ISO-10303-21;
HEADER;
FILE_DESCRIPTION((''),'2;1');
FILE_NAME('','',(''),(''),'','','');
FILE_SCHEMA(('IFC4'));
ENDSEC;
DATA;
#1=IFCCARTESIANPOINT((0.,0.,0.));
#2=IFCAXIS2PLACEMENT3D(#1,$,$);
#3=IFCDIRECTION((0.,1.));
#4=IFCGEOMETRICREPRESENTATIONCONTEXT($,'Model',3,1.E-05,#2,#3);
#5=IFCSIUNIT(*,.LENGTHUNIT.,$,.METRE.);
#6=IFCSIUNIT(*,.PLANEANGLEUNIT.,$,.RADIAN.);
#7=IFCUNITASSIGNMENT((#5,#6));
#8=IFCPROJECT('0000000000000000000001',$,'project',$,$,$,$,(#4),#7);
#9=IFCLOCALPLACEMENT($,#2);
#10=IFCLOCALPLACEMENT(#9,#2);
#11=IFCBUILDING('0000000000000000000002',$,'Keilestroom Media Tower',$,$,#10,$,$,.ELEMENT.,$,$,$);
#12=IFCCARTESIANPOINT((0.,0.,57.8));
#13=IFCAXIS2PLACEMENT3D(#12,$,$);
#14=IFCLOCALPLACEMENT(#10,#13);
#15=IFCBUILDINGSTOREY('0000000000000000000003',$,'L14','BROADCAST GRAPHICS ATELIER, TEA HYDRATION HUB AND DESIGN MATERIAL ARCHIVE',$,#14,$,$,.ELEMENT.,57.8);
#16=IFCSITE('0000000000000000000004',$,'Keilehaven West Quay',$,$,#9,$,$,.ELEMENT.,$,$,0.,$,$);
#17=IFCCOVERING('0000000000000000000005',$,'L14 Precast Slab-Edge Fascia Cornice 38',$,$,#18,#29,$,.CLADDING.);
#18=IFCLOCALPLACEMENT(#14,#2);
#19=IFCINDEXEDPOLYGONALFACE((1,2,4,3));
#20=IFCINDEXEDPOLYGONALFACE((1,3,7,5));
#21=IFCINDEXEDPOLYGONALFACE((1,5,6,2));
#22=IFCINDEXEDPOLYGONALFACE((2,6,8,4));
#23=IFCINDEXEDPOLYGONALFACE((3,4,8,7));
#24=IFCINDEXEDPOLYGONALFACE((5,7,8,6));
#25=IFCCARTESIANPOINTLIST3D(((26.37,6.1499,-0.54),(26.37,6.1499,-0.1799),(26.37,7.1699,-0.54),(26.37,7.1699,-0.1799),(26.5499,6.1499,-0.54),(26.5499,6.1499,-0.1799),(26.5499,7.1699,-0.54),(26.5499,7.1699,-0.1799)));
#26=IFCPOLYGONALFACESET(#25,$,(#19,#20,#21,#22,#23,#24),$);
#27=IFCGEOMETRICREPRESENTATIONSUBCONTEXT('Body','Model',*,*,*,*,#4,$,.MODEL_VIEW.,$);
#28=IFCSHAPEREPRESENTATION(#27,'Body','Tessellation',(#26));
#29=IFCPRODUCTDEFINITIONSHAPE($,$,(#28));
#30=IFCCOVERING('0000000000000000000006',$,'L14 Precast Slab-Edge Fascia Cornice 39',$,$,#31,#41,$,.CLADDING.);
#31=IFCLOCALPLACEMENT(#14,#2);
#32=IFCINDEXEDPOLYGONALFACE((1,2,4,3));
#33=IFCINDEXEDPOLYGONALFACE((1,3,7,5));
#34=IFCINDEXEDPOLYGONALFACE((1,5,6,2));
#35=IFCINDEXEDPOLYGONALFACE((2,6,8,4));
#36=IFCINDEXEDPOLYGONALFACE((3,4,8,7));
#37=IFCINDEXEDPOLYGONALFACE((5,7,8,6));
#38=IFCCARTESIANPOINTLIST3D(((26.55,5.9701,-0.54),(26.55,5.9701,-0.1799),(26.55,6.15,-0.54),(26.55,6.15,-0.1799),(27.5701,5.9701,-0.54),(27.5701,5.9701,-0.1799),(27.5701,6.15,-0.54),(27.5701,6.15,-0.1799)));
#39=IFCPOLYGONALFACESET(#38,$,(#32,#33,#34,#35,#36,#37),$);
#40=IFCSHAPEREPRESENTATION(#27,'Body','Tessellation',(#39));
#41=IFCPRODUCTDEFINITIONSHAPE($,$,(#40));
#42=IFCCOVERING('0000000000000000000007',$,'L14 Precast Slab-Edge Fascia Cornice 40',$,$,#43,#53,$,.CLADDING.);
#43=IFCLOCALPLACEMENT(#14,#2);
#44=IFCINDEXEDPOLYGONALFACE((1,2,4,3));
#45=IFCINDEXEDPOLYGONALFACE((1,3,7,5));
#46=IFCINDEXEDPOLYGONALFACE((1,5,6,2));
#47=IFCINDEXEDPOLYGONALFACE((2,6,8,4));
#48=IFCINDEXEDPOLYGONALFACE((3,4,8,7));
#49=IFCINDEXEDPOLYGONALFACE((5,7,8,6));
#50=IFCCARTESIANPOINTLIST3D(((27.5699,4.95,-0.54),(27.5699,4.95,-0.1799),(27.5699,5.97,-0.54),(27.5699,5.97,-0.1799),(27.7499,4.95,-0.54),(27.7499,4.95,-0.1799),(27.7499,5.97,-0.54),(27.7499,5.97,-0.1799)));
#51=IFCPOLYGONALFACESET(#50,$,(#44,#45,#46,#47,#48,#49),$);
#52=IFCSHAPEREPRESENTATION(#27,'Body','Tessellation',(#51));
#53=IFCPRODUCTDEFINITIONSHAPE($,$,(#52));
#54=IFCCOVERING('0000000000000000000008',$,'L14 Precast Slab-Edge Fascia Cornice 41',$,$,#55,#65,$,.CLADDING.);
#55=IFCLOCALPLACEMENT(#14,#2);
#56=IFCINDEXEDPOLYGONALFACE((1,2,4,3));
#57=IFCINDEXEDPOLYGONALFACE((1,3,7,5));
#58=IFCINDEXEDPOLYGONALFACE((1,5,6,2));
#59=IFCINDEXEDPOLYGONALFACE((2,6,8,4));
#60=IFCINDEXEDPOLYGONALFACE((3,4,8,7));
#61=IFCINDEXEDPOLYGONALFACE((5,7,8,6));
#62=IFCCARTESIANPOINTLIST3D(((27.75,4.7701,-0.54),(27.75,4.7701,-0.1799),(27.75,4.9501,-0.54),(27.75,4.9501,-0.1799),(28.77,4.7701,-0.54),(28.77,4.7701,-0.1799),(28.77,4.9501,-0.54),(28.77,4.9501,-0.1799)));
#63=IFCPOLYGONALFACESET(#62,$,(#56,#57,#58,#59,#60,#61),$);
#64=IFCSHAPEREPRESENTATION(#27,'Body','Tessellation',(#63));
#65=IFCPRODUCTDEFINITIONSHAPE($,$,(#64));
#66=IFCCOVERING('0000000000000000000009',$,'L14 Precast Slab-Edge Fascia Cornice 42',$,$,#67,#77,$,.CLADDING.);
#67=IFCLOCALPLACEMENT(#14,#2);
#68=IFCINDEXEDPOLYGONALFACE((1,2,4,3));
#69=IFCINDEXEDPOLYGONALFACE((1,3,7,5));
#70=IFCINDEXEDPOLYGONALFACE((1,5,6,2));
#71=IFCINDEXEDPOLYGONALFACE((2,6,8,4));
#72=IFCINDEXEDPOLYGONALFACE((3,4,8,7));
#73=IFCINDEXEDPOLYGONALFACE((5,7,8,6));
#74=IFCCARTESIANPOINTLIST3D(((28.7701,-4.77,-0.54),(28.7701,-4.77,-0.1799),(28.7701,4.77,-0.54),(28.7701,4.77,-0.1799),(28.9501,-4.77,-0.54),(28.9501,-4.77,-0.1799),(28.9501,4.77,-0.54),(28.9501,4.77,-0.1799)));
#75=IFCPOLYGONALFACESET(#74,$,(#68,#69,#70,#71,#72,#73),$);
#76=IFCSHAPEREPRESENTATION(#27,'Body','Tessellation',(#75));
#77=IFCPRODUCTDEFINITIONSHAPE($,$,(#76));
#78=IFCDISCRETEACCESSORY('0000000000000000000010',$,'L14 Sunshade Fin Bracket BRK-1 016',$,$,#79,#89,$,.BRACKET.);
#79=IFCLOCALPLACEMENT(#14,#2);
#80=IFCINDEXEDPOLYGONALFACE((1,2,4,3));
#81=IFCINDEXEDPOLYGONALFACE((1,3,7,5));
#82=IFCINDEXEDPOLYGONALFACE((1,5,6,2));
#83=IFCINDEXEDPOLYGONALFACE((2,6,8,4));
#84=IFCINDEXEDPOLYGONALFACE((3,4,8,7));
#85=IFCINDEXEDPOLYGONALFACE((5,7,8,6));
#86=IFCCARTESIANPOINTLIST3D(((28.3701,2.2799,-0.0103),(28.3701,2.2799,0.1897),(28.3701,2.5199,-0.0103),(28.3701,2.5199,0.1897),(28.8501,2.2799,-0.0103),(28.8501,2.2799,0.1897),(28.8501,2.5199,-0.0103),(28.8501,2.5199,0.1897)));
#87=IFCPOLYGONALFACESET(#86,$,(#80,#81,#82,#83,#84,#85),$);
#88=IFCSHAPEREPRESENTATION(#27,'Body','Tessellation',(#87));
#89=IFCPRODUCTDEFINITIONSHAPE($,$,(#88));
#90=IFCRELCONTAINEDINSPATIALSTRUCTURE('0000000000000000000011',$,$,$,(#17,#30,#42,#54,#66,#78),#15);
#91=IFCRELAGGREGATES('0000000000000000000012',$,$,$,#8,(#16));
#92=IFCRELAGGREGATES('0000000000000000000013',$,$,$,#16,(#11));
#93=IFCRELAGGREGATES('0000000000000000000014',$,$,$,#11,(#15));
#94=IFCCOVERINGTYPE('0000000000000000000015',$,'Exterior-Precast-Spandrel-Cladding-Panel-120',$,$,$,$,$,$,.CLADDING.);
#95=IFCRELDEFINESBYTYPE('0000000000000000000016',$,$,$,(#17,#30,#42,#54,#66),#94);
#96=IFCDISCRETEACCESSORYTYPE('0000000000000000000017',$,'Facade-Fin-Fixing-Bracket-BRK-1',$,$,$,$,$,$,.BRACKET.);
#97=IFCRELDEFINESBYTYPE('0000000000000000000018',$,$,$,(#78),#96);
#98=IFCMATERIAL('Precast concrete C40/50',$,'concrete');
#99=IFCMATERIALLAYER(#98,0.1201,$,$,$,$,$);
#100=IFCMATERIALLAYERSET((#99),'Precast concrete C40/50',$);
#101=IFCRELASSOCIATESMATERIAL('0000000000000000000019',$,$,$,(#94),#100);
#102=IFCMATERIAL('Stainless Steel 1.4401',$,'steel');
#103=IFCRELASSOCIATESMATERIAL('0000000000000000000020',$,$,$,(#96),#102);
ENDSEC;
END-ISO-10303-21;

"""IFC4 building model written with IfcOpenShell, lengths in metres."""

from ifc_helpers import new_model, si_unit, direction, frame, origin, origin_2d, place, context, subcontext, project, spatial, rectangle, extrude, source, transform, mapped, material, layer, layer_set, type_object, element, save


model = new_model("IFC4")

# Units and contexts
model_context = context("Model", 3, precision=1e-05, world=origin(), true_north=direction((0.0, 1.0)))
body_context = subcontext(model_context, "Body", "Model", "MODEL_VIEW")
ifc_project = project(units=[si_unit("LENGTHUNIT", "METRE"), si_unit("PLANEANGLEUNIT", "RADIAN")], contexts=[model_context])

# Site, building, storey
site_placement = place(None, origin())
site = spatial("IfcSite", under=ifc_project, at=site_placement, Name="Keilehaven West Quay", CompositionType="ELEMENT", RefElevation=0.0)
building_placement = place(site_placement, origin())
building = spatial("IfcBuilding", under=site, at=building_placement, Name="Keilestroom Media Tower", CompositionType="ELEMENT")
storey_placement = place(building_placement, frame((0.0, 0.0, 57.8)))
storey = spatial("IfcBuildingStorey", under=building, at=storey_placement, Name="L14", Description="BROADCAST GRAPHICS ATELIER, TEA HYDRATION HUB AND DESIGN MATERIAL ARCHIVE", CompositionType="ELEMENT", Elevation=57.8)

# Shared definitions
ifc_material_1 = material(Name="Precast concrete C40/50", Category="concrete")

# Coverings
ifc_layer_1 = layer(ifc_material_1, 0.1201)
ifc_layer_set_1 = layer_set([ifc_layer_1], Name="Precast concrete C40/50")
covering_type = type_object("IfcCoveringType", Name="Exterior-Precast-Spandrel-Cladding-Panel-120", PredefinedType="CLADDING", material=ifc_layer_set_1)
shared_shape_1 = source(origin(), body_context, "Body", "SweptSolid", [
    extrude(rectangle(XDim=1.02, YDim=0.1799, at=origin_2d()), origin(), (0.0, 0.0, 1.0), 0.3601),
])
for number, where, z_axis, x_axis, name in (
    (1, (26.46, 6.6599, -0.54), (0.0, 0.0, 1.0), (0.0, -1.0, 0.0), "L14 Precast Slab-Edge Fascia Cornice 38"),
    (2, (27.0601, 6.0601, -0.54), (0.0, 0.0, 1.0), (1.0, 0.0, 0.0), "L14 Precast Slab-Edge Fascia Cornice 39"),
    (3, (27.6599, 5.46, -0.54), (0.0, 0.0, 1.0), (0.0, -1.0, 0.0), "L14 Precast Slab-Edge Fascia Cornice 40"),
    (4, (28.26, 4.8601, -0.54), (0.0, 0.0, 1.0), (1.0, 0.0, 0.0), "L14 Precast Slab-Edge Fascia Cornice 41"),
):
    element("IfcCovering", number, at=place(storey_placement, frame(where, z_axis=z_axis, x_axis=x_axis)), inside=storey, type_object=covering_type, Name=name, PredefinedType="CLADDING", context=body_context, shape_type="MappedRepresentation", body=[
        mapped(shared_shape_1, transform((0.0, 0.0, 0.0), x_axis=(1.0, 0.0, 0.0), y_axis=(0.0, 1.0, 0.0), z_axis=(0.0, 0.0, 1.0), scale=1.0)),
    ])
shared_shape_2 = source(origin(), body_context, "Body", "SweptSolid", [
    extrude(rectangle(XDim=9.54, YDim=0.1799, at=origin_2d()), origin(), (0.0, 0.0, 1.0), 0.3601),
])
covering_placement = place(storey_placement, frame((28.8601, 0.0, -0.54), z_axis=(0.0, 0.0, 1.0), x_axis=(0.0, -1.0, 0.0)))
element("IfcCovering", 5, at=covering_placement, inside=storey, type_object=covering_type, Name="L14 Precast Slab-Edge Fascia Cornice 42", PredefinedType="CLADDING", context=body_context, shape_type="MappedRepresentation", body=[
    mapped(shared_shape_2, transform((0.0, 0.0, 0.0), x_axis=(1.0, 0.0, 0.0), y_axis=(0.0, 1.0, 0.0), z_axis=(0.0, 0.0, 1.0), scale=1.0)),
])

# Discrete accessory
ifc_material_2 = material(Name="Stainless Steel 1.4401", Category="steel")
discrete_accessory_type = type_object("IfcDiscreteAccessoryType", Name="Facade-Fin-Fixing-Bracket-BRK-1", PredefinedType="BRACKET", material=ifc_material_2)
shared_shape_3 = source(origin(), body_context, "Body", "SweptSolid", [
    extrude(rectangle(XDim=0.48, YDim=0.24, at=origin_2d()), origin(), (0.0, 0.0, 1.0), 0.2),
])
discrete_accessory_placement = place(storey_placement, frame((28.6101, 2.3999, -0.0103), z_axis=(0.0, 0.0, 1.0), x_axis=(1.0, 0.0, 0.0)))
element("IfcDiscreteAccessory", 6, at=discrete_accessory_placement, inside=storey, type_object=discrete_accessory_type, Name="L14 Sunshade Fin Bracket BRK-1 016", PredefinedType="BRACKET", context=body_context, shape_type="MappedRepresentation", body=[
    mapped(shared_shape_3, transform((0.0, 0.0, 0.0), x_axis=(1.0, 0.0, 0.0), y_axis=(0.0, 1.0, 0.0), z_axis=(0.0, 0.0, 1.0), scale=1.0)),
])

save(model, "model.ifc")
